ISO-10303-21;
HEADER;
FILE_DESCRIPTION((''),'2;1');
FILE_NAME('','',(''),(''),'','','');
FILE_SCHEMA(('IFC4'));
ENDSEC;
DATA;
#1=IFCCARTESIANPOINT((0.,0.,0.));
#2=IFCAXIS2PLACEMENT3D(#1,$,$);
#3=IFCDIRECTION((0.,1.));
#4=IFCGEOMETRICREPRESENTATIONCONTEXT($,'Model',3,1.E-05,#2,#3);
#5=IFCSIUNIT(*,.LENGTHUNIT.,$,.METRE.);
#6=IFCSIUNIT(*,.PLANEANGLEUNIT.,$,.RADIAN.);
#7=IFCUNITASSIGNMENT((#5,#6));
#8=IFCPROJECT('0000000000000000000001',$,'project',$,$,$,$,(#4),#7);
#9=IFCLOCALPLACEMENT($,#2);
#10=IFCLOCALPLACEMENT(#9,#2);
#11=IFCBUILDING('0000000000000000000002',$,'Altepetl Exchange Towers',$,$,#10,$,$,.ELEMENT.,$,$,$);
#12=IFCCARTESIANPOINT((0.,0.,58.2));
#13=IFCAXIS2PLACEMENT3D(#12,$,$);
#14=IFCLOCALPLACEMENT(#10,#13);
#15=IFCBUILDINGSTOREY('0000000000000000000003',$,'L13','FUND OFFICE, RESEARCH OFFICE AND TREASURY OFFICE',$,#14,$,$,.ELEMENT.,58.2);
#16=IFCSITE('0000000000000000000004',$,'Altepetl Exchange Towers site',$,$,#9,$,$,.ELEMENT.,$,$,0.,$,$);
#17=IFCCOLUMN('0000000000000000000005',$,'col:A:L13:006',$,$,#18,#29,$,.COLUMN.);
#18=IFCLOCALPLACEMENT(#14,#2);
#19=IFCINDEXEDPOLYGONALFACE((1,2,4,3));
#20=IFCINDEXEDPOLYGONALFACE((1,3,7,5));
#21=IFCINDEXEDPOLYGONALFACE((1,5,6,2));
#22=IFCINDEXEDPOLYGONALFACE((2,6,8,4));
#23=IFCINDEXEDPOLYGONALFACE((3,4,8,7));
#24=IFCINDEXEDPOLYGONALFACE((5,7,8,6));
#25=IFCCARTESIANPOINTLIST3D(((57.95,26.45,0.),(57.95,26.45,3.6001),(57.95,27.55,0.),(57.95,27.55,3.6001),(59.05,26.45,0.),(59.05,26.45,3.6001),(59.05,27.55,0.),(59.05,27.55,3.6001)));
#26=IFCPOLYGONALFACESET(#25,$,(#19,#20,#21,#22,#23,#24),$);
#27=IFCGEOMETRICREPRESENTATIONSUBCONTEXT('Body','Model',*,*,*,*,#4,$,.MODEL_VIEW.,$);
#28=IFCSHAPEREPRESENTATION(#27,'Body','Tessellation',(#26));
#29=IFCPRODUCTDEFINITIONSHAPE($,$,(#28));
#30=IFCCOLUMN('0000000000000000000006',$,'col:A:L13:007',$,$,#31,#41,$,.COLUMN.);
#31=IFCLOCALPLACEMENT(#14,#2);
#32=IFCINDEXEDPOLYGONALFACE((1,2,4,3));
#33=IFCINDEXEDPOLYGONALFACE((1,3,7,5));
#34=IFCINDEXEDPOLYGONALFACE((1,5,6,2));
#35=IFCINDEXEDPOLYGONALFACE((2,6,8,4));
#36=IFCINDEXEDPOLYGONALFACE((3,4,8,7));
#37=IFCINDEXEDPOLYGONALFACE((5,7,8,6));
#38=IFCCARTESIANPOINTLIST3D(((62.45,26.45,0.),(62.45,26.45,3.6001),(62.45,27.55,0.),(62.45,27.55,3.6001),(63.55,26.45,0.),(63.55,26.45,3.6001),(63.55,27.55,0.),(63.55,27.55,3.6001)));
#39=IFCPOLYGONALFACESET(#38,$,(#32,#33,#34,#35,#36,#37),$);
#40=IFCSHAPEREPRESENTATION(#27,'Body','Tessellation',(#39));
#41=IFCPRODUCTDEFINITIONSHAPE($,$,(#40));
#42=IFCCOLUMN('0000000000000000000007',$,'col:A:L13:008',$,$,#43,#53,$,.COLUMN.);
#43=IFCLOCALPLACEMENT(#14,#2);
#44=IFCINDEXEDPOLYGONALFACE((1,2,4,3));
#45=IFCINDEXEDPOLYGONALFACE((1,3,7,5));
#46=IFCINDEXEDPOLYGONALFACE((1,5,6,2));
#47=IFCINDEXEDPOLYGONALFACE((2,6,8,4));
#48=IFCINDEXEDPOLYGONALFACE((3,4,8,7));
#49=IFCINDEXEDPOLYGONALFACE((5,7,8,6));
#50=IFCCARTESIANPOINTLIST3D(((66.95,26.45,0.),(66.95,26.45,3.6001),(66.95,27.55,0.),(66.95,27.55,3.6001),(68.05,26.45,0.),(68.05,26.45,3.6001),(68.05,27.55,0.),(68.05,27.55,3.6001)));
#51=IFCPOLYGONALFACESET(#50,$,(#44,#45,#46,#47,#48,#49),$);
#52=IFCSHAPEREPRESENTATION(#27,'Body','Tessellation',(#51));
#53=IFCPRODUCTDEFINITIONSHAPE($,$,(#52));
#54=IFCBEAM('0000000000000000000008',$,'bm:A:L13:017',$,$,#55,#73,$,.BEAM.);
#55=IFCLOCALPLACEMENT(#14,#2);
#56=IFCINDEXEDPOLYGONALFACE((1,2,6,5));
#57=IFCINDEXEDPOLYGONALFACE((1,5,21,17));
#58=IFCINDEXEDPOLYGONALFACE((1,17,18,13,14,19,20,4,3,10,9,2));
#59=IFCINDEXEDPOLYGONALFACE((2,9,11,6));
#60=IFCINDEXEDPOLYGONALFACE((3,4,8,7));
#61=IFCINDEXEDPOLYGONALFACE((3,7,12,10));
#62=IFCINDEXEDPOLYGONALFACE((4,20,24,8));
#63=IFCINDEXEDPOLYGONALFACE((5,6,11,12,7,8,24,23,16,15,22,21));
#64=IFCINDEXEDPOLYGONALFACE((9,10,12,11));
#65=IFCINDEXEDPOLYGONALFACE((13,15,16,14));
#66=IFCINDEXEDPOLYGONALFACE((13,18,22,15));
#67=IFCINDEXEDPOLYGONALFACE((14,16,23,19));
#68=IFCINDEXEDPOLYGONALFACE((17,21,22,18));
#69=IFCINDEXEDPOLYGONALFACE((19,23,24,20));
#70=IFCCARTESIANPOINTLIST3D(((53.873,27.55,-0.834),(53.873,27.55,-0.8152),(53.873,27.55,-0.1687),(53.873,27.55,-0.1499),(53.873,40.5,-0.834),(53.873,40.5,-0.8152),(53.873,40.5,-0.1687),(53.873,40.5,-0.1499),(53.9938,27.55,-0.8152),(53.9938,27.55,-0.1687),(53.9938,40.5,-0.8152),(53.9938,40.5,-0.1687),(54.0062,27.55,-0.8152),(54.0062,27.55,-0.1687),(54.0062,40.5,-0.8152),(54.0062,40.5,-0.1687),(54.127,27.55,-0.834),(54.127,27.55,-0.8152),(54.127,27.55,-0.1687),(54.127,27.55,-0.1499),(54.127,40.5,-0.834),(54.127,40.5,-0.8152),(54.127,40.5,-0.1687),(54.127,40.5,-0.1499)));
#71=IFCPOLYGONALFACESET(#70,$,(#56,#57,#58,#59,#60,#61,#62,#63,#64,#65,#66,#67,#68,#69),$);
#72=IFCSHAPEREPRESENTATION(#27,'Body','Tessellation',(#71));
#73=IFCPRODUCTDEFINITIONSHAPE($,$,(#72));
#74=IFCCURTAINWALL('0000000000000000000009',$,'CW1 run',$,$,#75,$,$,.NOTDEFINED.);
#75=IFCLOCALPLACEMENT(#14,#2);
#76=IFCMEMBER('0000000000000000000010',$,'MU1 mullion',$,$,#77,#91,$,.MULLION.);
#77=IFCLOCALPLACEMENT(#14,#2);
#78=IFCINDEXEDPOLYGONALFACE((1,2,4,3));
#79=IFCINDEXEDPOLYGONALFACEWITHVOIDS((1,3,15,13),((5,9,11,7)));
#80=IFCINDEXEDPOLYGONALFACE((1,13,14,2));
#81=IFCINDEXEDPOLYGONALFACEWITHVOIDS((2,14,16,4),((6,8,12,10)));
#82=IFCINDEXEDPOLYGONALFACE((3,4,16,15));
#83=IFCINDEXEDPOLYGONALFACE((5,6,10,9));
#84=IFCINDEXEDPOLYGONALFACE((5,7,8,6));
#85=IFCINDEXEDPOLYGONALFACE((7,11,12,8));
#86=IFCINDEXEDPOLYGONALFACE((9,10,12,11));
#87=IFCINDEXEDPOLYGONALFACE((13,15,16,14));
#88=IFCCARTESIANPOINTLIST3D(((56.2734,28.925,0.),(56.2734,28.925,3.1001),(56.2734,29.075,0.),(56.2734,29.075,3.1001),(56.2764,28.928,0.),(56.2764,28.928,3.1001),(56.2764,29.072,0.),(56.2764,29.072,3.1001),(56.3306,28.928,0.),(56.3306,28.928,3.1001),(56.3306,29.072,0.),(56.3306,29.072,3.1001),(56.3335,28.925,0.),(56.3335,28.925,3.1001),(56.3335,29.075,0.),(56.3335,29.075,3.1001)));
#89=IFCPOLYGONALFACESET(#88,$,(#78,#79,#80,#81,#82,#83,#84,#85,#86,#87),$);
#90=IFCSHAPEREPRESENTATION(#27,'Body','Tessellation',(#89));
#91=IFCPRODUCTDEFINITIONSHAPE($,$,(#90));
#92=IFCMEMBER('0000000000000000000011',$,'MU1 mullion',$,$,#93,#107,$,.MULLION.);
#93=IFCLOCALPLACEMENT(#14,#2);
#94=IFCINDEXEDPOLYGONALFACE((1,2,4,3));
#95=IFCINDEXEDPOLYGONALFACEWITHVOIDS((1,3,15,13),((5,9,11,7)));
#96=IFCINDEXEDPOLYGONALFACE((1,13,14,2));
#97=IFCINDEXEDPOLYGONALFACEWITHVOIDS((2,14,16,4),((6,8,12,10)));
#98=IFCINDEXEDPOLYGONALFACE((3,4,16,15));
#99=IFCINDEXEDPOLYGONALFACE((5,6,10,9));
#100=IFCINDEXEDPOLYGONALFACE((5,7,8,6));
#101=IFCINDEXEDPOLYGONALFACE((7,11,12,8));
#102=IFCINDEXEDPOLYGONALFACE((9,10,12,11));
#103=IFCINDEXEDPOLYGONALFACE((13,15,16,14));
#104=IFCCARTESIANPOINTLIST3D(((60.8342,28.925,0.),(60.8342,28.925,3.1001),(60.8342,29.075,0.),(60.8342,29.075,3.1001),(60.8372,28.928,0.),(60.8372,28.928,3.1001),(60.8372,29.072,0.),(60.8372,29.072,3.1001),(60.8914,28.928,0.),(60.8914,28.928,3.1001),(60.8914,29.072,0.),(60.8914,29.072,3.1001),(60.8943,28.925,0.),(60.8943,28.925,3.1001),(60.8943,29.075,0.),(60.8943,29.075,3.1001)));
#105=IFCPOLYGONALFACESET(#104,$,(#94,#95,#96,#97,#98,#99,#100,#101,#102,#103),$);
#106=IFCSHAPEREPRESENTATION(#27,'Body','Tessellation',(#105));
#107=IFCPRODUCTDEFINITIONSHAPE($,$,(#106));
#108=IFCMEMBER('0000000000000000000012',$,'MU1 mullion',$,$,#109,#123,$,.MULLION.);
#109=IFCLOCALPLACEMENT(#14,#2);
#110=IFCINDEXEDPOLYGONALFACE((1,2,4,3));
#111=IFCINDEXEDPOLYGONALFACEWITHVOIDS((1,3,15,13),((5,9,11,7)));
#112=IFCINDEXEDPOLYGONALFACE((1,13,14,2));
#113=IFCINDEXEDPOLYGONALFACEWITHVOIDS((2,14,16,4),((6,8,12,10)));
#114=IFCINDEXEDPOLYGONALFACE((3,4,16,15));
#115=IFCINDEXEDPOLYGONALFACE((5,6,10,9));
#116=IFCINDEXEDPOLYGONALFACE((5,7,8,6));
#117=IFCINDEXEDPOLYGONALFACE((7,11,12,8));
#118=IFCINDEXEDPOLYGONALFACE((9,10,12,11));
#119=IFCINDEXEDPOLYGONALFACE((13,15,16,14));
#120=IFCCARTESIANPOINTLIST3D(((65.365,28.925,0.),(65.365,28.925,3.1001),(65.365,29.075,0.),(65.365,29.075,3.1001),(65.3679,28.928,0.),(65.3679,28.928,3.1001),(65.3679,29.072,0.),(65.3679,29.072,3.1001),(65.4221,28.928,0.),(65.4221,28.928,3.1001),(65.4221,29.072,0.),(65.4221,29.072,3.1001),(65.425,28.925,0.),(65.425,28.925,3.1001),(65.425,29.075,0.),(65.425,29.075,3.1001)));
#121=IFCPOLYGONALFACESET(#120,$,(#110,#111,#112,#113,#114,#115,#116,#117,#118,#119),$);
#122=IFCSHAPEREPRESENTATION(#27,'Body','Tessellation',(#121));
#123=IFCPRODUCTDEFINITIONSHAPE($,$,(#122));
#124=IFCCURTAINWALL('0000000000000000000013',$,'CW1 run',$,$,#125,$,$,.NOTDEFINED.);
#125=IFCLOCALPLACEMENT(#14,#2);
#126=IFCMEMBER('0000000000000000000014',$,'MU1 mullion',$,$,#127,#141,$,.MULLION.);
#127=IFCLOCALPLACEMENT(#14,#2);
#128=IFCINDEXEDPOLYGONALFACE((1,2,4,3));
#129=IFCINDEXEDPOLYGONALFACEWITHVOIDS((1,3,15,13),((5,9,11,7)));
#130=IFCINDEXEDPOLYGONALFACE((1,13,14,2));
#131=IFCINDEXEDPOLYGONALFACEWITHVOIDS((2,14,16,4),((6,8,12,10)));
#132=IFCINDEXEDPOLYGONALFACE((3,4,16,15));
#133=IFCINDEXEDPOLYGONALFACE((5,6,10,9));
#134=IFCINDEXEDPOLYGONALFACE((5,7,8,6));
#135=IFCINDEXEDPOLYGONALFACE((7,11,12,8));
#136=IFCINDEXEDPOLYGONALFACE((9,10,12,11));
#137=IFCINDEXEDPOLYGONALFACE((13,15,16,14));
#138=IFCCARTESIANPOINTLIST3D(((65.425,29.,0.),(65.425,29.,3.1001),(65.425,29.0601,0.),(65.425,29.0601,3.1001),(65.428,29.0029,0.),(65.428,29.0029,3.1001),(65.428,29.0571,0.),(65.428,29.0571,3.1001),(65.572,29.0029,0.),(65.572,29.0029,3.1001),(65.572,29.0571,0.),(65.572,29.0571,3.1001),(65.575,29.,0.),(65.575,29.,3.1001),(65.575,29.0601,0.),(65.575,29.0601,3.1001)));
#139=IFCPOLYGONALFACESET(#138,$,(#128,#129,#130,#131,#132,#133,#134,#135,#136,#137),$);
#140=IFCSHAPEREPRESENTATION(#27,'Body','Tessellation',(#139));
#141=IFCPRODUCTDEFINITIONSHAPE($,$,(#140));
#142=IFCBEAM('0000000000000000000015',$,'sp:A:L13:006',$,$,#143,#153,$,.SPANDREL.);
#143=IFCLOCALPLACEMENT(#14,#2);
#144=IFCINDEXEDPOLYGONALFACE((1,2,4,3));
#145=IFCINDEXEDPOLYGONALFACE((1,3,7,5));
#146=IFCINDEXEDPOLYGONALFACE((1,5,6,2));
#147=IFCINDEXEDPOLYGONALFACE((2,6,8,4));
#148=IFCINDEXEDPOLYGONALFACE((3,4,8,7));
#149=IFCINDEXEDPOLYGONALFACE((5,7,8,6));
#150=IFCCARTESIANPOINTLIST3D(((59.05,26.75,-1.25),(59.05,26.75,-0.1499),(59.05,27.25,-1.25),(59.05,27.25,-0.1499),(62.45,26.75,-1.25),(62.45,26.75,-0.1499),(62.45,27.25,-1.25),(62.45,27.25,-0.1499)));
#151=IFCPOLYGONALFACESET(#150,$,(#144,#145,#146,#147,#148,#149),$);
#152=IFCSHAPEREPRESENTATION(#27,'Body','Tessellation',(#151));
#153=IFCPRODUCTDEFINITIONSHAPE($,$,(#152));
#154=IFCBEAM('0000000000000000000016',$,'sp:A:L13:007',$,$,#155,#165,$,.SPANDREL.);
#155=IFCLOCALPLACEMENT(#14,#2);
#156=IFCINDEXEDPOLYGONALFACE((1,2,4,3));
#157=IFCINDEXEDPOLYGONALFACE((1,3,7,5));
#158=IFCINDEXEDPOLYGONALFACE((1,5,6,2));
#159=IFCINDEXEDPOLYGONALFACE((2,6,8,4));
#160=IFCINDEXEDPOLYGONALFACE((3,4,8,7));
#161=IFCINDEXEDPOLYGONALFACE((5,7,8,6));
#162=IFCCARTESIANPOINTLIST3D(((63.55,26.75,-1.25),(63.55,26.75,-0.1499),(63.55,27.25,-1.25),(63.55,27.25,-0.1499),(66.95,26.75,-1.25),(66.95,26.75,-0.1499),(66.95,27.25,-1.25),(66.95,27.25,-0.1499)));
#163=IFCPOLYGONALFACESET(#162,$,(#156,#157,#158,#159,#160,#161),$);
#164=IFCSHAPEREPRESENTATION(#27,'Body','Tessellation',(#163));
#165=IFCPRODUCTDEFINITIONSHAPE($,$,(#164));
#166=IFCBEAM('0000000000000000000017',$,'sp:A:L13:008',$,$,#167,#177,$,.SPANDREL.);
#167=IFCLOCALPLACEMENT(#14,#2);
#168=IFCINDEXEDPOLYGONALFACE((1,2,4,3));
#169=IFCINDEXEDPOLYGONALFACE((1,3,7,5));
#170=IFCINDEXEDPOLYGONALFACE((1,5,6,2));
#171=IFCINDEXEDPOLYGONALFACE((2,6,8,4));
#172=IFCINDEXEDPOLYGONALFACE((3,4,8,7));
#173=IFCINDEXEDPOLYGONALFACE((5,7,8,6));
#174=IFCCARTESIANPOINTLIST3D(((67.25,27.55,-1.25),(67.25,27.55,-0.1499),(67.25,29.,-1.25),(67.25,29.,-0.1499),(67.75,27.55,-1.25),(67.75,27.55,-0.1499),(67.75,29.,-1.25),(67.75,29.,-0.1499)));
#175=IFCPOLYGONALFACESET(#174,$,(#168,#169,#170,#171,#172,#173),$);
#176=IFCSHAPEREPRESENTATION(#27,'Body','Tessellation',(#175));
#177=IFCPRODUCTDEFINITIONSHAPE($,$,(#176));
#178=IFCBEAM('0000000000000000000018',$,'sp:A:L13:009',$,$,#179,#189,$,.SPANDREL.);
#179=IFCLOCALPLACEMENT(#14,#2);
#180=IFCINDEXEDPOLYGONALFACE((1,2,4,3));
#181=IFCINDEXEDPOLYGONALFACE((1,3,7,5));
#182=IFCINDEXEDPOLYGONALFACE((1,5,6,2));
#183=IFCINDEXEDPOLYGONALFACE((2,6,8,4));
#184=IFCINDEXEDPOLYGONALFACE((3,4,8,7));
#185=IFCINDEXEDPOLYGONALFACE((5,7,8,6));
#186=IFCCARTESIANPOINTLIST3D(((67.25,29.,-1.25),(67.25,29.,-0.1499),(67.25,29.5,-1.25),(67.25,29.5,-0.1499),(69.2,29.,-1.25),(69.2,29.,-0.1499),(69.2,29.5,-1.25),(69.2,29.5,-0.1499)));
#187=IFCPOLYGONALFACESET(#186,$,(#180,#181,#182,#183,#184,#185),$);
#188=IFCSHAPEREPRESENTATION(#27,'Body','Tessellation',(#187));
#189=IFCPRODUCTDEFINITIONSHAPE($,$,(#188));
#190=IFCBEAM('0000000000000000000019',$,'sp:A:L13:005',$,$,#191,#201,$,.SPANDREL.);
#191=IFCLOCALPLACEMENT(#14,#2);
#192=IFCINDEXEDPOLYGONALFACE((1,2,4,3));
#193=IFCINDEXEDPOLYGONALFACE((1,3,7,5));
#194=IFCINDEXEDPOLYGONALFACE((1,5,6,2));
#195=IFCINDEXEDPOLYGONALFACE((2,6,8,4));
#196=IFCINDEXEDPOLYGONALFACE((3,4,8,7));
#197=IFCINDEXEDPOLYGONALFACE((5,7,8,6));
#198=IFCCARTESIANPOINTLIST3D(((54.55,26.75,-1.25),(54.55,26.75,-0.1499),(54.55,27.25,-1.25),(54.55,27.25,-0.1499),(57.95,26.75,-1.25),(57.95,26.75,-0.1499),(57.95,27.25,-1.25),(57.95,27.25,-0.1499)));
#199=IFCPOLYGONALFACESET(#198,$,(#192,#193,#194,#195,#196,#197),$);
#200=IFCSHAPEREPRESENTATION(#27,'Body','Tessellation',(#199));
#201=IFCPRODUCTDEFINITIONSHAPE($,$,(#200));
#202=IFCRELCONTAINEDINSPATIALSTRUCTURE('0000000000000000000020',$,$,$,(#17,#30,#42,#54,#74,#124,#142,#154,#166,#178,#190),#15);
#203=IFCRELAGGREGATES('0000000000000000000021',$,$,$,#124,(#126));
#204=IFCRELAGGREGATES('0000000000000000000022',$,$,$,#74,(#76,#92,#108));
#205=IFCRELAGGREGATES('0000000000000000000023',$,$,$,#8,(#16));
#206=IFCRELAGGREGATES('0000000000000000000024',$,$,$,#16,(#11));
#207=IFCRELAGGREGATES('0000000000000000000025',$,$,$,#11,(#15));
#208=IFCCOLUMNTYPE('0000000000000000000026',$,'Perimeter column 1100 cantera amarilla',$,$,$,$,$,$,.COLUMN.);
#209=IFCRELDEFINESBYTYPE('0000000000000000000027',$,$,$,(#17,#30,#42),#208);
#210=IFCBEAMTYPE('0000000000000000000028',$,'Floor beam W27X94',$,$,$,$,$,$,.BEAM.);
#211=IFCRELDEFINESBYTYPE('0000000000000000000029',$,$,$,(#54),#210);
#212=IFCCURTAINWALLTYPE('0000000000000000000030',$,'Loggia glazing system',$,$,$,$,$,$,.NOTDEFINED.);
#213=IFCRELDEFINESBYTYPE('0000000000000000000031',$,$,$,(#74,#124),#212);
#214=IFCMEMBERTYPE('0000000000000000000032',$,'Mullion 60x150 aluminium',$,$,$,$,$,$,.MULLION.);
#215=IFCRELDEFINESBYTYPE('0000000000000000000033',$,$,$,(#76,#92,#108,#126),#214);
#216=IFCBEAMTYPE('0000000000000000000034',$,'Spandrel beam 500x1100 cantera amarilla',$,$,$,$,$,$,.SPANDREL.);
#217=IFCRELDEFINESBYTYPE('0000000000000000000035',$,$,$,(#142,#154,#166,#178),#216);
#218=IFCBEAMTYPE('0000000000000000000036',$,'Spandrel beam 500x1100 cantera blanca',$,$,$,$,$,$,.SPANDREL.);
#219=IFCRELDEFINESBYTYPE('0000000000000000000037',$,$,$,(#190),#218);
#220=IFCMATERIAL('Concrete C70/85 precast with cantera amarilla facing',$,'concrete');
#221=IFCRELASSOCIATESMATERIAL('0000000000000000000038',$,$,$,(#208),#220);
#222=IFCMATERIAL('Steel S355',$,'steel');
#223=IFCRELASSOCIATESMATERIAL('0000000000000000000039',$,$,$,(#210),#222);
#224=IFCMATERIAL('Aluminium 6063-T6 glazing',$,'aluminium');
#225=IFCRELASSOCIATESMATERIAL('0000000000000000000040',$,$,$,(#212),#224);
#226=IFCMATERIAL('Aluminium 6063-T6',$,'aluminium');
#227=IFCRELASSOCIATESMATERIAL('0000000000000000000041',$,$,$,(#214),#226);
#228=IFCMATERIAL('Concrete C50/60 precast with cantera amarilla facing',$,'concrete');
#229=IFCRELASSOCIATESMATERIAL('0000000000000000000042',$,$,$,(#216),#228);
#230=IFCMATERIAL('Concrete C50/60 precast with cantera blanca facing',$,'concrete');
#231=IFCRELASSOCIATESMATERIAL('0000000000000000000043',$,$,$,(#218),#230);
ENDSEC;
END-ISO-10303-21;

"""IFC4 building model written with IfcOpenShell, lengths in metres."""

from ifc_helpers import new_model, si_unit, direction, frame, origin, origin_2d, place, context, subcontext, project, spatial, rectangle, hollow_rectangle, i_section, extrude, material, material_profile, profile_set, type_object, element, aggregate, save


model = new_model("IFC4")

# Units and contexts
model_context = context("Model", 3, precision=1e-05, world=origin(), true_north=direction((0.0, 1.0)))
body_context = subcontext(model_context, "Body", "Model", "MODEL_VIEW")
ifc_project = project(units=[si_unit("LENGTHUNIT", "METRE"), si_unit("PLANEANGLEUNIT", "RADIAN")], contexts=[model_context])

# Site, building, storey
site_placement = place(None, origin())
site = spatial("IfcSite", under=ifc_project, at=site_placement, Name="Altepetl Exchange Towers site", CompositionType="ELEMENT", RefElevation=0.0)
building_placement = place(site_placement, origin())
building = spatial("IfcBuilding", under=site, at=building_placement, Name="Altepetl Exchange Towers", CompositionType="ELEMENT")
storey_placement = place(building_placement, frame((0.0, 0.0, 58.2)))
storey = spatial("IfcBuildingStorey", under=building, at=storey_placement, Name="L13", Description="FUND OFFICE, RESEARCH OFFICE AND TREASURY OFFICE", CompositionType="ELEMENT", Elevation=58.2)

# Columns
ifc_material_1 = material(Name="Concrete C70/85 precast with cantera amarilla facing", Category="concrete")
ifc_material_profile_1 = material_profile(ifc_material_1, rectangle(XDim=1.1001, YDim=1.1001, at=origin_2d()), Name="1100 x 1100")
ifc_profile_set_1 = profile_set([ifc_material_profile_1], Name="Concrete C70/85 precast with cantera amarilla facing")
column_type = type_object("IfcColumnType", Name="Perimeter column 1100 cantera amarilla", PredefinedType="COLUMN", material=ifc_profile_set_1)
for number, where, name in (
    (1, (58.5, 27.0, 0.0), "col:A:L13:006"),
    (2, (63.0, 27.0, 0.0), "col:A:L13:007"),
    (3, (67.5, 27.0, 0.0), "col:A:L13:008"),
):
    element("IfcColumn", number, at=place(storey_placement, frame(where)), inside=storey, type_object=column_type, Name=name, PredefinedType="COLUMN", context=body_context, shape_type="SweptSolid", body=[
        extrude(rectangle(XDim=1.1001, YDim=1.1001, at=origin_2d()), origin(), (0.0, 0.0, 1.0), 3.6001),
    ])

# Beam
ifc_material_2 = material(Name="Steel S355", Category="steel")
ifc_material_profile_2 = material_profile(ifc_material_2, i_section(OverallWidth=0.2539, OverallDepth=0.6841, WebThickness=0.0125, FlangeThickness=0.0188, at=origin_2d()), Name="W27X94")
ifc_profile_set_2 = profile_set([ifc_material_profile_2], Name="Steel S355")
beam_type_1 = type_object("IfcBeamType", Name="Floor beam W27X94", PredefinedType="BEAM", material=ifc_profile_set_2)
beam_1_placement = place(storey_placement, frame((54.0, 27.55, -0.4919), z_axis=(0.0, 1.0, 0.0), x_axis=(-1.0, 0.0, 0.0)))
element("IfcBeam", 4, at=beam_1_placement, inside=storey, type_object=beam_type_1, Name="bm:A:L13:017", PredefinedType="BEAM", context=body_context, shape_type="SweptSolid", body=[
    extrude(i_section(OverallWidth=0.2539, OverallDepth=0.6841, WebThickness=0.0125, FlangeThickness=0.0188, at=origin_2d()), origin(), (0.0, 0.0, 1.0), 12.95),
])

# Curtain wall, members
ifc_material_3 = material(Name="Aluminium 6063-T6 glazing", Category="aluminium")
curtain_wall_type = type_object("IfcCurtainWallType", Name="Loggia glazing system", PredefinedType="NOTDEFINED", material=ifc_material_3)
curtain_wall_1_placement = place(storey_placement, origin())
curtain_wall_1 = element("IfcCurtainWall", 5, at=curtain_wall_1_placement, inside=storey, type_object=curtain_wall_type, Name="CW1 run", PredefinedType="NOTDEFINED")
ifc_material_4 = material(Name="Aluminium 6063-T6", Category="aluminium")
ifc_material_profile_3 = material_profile(ifc_material_4, hollow_rectangle(XDim=0.0601, YDim=0.1499, WallThickness=0.0029, at=origin_2d()), Name="Mullion 60x150 aluminium")
ifc_profile_set_3 = profile_set([ifc_material_profile_3], Name="Aluminium 6063-T6")
member_type = type_object("IfcMemberType", Name="Mullion 60x150 aluminium", PredefinedType="MULLION", material=ifc_profile_set_3)
member_1_placement = place(storey_placement, frame((56.3035, 29.0, 0.0)))
member_1 = element("IfcMember", 6, at=member_1_placement, type_object=member_type, Name="MU1 mullion", PredefinedType="MULLION", context=body_context, shape_type="SweptSolid", body=[
    extrude(hollow_rectangle(XDim=0.0601, YDim=0.1499, WallThickness=0.0029, at=origin_2d()), origin(), (0.0, 0.0, 1.0), 3.1001),
])
member_2_placement = place(storey_placement, frame((60.8643, 29.0, 0.0)))
member_2 = element("IfcMember", 7, at=member_2_placement, type_object=member_type, Name="MU1 mullion", PredefinedType="MULLION", context=body_context, shape_type="SweptSolid", body=[
    extrude(hollow_rectangle(XDim=0.0601, YDim=0.1499, WallThickness=0.0029, at=origin_2d()), origin(), (0.0, 0.0, 1.0), 3.1001),
])
member_3_placement = place(storey_placement, frame((65.395, 29.0, 0.0)))
member_3 = element("IfcMember", 8, at=member_3_placement, type_object=member_type, Name="MU1 mullion", PredefinedType="MULLION", context=body_context, shape_type="SweptSolid", body=[
    extrude(hollow_rectangle(XDim=0.0601, YDim=0.1499, WallThickness=0.0029, at=origin_2d()), origin(), (0.0, 0.0, 1.0), 3.1001),
])

# Curtain wall, member
curtain_wall_2_placement = place(storey_placement, origin())
curtain_wall_2 = element("IfcCurtainWall", 9, at=curtain_wall_2_placement, inside=storey, type_object=curtain_wall_type, Name="CW1 run", PredefinedType="NOTDEFINED")
member_4_placement = place(storey_placement, frame((65.5, 29.03, 0.0), z_axis=(0.0, 0.0, 1.0), x_axis=(0.0, 1.0, 0.0)))
member_4 = element("IfcMember", 10, at=member_4_placement, type_object=member_type, Name="MU1 mullion", PredefinedType="MULLION", context=body_context, shape_type="SweptSolid", body=[
    extrude(hollow_rectangle(XDim=0.0601, YDim=0.1499, WallThickness=0.0029, at=origin_2d()), origin(), (0.0, 0.0, 1.0), 3.1001),
])
aggregate(curtain_wall_2, [member_4])

# Beams
ifc_material_5 = material(Name="Concrete C50/60 precast with cantera amarilla facing", Category="concrete")
ifc_material_profile_4 = material_profile(ifc_material_5, rectangle(XDim=0.5, YDim=1.1001, at=origin_2d()), Name="500 x 1100")
ifc_profile_set_4 = profile_set([ifc_material_profile_4], Name="Concrete C50/60 precast with cantera amarilla facing")
beam_type_2 = type_object("IfcBeamType", Name="Spandrel beam 500x1100 cantera amarilla", PredefinedType="SPANDREL", material=ifc_profile_set_4)
for number, where, z_axis, x_axis, name in (
    (11, (59.05, 27.0, -0.7), (1.0, 0.0, 0.0), (0.0, 1.0, 0.0), "sp:A:L13:006"),
    (12, (63.55, 27.0, -0.7), (1.0, 0.0, 0.0), (0.0, 1.0, 0.0), "sp:A:L13:007"),
):
    element("IfcBeam", number, at=place(storey_placement, frame(where, z_axis=z_axis, x_axis=x_axis)), inside=storey, type_object=beam_type_2, Name=name, PredefinedType="SPANDREL", context=body_context, shape_type="SweptSolid", body=[
        extrude(rectangle(XDim=0.5, YDim=1.1001, at=origin_2d()), origin(), (0.0, 0.0, 1.0), 3.3999),
    ])
beam_2_placement = place(storey_placement, frame((67.5, 27.55, -0.7), z_axis=(0.0, 1.0, 0.0), x_axis=(-1.0, 0.0, 0.0)))
element("IfcBeam", 13, at=beam_2_placement, inside=storey, type_object=beam_type_2, Name="sp:A:L13:008", PredefinedType="SPANDREL", context=body_context, shape_type="SweptSolid", body=[
    extrude(rectangle(XDim=0.5, YDim=1.1001, at=origin_2d()), origin(), (0.0, 0.0, 1.0), 1.45),
])
beam_3_placement = place(storey_placement, frame((67.25, 29.25, -0.7), z_axis=(1.0, 0.0, 0.0), x_axis=(0.0, 1.0, 0.0)))
element("IfcBeam", 14, at=beam_3_placement, inside=storey, type_object=beam_type_2, Name="sp:A:L13:009", PredefinedType="SPANDREL", context=body_context, shape_type="SweptSolid", body=[
    extrude(rectangle(XDim=0.5, YDim=1.1001, at=origin_2d()), origin(), (0.0, 0.0, 1.0), 1.95),
])
ifc_material_6 = material(Name="Concrete C50/60 precast with cantera blanca facing", Category="concrete")
ifc_material_profile_5 = material_profile(ifc_material_6, rectangle(XDim=0.5, YDim=1.1001, at=origin_2d()), Name="500 x 1100")
ifc_profile_set_5 = profile_set([ifc_material_profile_5], Name="Concrete C50/60 precast with cantera blanca facing")
beam_type_3 = type_object("IfcBeamType", Name="Spandrel beam 500x1100 cantera blanca", PredefinedType="SPANDREL", material=ifc_profile_set_5)
beam_4_placement = place(storey_placement, frame((54.55, 27.0, -0.7), z_axis=(1.0, 0.0, 0.0), x_axis=(0.0, 1.0, 0.0)))
element("IfcBeam", 15, at=beam_4_placement, inside=storey, type_object=beam_type_3, Name="sp:A:L13:005", PredefinedType="SPANDREL", context=body_context, shape_type="SweptSolid", body=[
    extrude(rectangle(XDim=0.5, YDim=1.1001, at=origin_2d()), origin(), (0.0, 0.0, 1.0), 3.3999),
])

aggregate(curtain_wall_1, [member_1, member_2, member_3])

save(model, "model.ifc")
